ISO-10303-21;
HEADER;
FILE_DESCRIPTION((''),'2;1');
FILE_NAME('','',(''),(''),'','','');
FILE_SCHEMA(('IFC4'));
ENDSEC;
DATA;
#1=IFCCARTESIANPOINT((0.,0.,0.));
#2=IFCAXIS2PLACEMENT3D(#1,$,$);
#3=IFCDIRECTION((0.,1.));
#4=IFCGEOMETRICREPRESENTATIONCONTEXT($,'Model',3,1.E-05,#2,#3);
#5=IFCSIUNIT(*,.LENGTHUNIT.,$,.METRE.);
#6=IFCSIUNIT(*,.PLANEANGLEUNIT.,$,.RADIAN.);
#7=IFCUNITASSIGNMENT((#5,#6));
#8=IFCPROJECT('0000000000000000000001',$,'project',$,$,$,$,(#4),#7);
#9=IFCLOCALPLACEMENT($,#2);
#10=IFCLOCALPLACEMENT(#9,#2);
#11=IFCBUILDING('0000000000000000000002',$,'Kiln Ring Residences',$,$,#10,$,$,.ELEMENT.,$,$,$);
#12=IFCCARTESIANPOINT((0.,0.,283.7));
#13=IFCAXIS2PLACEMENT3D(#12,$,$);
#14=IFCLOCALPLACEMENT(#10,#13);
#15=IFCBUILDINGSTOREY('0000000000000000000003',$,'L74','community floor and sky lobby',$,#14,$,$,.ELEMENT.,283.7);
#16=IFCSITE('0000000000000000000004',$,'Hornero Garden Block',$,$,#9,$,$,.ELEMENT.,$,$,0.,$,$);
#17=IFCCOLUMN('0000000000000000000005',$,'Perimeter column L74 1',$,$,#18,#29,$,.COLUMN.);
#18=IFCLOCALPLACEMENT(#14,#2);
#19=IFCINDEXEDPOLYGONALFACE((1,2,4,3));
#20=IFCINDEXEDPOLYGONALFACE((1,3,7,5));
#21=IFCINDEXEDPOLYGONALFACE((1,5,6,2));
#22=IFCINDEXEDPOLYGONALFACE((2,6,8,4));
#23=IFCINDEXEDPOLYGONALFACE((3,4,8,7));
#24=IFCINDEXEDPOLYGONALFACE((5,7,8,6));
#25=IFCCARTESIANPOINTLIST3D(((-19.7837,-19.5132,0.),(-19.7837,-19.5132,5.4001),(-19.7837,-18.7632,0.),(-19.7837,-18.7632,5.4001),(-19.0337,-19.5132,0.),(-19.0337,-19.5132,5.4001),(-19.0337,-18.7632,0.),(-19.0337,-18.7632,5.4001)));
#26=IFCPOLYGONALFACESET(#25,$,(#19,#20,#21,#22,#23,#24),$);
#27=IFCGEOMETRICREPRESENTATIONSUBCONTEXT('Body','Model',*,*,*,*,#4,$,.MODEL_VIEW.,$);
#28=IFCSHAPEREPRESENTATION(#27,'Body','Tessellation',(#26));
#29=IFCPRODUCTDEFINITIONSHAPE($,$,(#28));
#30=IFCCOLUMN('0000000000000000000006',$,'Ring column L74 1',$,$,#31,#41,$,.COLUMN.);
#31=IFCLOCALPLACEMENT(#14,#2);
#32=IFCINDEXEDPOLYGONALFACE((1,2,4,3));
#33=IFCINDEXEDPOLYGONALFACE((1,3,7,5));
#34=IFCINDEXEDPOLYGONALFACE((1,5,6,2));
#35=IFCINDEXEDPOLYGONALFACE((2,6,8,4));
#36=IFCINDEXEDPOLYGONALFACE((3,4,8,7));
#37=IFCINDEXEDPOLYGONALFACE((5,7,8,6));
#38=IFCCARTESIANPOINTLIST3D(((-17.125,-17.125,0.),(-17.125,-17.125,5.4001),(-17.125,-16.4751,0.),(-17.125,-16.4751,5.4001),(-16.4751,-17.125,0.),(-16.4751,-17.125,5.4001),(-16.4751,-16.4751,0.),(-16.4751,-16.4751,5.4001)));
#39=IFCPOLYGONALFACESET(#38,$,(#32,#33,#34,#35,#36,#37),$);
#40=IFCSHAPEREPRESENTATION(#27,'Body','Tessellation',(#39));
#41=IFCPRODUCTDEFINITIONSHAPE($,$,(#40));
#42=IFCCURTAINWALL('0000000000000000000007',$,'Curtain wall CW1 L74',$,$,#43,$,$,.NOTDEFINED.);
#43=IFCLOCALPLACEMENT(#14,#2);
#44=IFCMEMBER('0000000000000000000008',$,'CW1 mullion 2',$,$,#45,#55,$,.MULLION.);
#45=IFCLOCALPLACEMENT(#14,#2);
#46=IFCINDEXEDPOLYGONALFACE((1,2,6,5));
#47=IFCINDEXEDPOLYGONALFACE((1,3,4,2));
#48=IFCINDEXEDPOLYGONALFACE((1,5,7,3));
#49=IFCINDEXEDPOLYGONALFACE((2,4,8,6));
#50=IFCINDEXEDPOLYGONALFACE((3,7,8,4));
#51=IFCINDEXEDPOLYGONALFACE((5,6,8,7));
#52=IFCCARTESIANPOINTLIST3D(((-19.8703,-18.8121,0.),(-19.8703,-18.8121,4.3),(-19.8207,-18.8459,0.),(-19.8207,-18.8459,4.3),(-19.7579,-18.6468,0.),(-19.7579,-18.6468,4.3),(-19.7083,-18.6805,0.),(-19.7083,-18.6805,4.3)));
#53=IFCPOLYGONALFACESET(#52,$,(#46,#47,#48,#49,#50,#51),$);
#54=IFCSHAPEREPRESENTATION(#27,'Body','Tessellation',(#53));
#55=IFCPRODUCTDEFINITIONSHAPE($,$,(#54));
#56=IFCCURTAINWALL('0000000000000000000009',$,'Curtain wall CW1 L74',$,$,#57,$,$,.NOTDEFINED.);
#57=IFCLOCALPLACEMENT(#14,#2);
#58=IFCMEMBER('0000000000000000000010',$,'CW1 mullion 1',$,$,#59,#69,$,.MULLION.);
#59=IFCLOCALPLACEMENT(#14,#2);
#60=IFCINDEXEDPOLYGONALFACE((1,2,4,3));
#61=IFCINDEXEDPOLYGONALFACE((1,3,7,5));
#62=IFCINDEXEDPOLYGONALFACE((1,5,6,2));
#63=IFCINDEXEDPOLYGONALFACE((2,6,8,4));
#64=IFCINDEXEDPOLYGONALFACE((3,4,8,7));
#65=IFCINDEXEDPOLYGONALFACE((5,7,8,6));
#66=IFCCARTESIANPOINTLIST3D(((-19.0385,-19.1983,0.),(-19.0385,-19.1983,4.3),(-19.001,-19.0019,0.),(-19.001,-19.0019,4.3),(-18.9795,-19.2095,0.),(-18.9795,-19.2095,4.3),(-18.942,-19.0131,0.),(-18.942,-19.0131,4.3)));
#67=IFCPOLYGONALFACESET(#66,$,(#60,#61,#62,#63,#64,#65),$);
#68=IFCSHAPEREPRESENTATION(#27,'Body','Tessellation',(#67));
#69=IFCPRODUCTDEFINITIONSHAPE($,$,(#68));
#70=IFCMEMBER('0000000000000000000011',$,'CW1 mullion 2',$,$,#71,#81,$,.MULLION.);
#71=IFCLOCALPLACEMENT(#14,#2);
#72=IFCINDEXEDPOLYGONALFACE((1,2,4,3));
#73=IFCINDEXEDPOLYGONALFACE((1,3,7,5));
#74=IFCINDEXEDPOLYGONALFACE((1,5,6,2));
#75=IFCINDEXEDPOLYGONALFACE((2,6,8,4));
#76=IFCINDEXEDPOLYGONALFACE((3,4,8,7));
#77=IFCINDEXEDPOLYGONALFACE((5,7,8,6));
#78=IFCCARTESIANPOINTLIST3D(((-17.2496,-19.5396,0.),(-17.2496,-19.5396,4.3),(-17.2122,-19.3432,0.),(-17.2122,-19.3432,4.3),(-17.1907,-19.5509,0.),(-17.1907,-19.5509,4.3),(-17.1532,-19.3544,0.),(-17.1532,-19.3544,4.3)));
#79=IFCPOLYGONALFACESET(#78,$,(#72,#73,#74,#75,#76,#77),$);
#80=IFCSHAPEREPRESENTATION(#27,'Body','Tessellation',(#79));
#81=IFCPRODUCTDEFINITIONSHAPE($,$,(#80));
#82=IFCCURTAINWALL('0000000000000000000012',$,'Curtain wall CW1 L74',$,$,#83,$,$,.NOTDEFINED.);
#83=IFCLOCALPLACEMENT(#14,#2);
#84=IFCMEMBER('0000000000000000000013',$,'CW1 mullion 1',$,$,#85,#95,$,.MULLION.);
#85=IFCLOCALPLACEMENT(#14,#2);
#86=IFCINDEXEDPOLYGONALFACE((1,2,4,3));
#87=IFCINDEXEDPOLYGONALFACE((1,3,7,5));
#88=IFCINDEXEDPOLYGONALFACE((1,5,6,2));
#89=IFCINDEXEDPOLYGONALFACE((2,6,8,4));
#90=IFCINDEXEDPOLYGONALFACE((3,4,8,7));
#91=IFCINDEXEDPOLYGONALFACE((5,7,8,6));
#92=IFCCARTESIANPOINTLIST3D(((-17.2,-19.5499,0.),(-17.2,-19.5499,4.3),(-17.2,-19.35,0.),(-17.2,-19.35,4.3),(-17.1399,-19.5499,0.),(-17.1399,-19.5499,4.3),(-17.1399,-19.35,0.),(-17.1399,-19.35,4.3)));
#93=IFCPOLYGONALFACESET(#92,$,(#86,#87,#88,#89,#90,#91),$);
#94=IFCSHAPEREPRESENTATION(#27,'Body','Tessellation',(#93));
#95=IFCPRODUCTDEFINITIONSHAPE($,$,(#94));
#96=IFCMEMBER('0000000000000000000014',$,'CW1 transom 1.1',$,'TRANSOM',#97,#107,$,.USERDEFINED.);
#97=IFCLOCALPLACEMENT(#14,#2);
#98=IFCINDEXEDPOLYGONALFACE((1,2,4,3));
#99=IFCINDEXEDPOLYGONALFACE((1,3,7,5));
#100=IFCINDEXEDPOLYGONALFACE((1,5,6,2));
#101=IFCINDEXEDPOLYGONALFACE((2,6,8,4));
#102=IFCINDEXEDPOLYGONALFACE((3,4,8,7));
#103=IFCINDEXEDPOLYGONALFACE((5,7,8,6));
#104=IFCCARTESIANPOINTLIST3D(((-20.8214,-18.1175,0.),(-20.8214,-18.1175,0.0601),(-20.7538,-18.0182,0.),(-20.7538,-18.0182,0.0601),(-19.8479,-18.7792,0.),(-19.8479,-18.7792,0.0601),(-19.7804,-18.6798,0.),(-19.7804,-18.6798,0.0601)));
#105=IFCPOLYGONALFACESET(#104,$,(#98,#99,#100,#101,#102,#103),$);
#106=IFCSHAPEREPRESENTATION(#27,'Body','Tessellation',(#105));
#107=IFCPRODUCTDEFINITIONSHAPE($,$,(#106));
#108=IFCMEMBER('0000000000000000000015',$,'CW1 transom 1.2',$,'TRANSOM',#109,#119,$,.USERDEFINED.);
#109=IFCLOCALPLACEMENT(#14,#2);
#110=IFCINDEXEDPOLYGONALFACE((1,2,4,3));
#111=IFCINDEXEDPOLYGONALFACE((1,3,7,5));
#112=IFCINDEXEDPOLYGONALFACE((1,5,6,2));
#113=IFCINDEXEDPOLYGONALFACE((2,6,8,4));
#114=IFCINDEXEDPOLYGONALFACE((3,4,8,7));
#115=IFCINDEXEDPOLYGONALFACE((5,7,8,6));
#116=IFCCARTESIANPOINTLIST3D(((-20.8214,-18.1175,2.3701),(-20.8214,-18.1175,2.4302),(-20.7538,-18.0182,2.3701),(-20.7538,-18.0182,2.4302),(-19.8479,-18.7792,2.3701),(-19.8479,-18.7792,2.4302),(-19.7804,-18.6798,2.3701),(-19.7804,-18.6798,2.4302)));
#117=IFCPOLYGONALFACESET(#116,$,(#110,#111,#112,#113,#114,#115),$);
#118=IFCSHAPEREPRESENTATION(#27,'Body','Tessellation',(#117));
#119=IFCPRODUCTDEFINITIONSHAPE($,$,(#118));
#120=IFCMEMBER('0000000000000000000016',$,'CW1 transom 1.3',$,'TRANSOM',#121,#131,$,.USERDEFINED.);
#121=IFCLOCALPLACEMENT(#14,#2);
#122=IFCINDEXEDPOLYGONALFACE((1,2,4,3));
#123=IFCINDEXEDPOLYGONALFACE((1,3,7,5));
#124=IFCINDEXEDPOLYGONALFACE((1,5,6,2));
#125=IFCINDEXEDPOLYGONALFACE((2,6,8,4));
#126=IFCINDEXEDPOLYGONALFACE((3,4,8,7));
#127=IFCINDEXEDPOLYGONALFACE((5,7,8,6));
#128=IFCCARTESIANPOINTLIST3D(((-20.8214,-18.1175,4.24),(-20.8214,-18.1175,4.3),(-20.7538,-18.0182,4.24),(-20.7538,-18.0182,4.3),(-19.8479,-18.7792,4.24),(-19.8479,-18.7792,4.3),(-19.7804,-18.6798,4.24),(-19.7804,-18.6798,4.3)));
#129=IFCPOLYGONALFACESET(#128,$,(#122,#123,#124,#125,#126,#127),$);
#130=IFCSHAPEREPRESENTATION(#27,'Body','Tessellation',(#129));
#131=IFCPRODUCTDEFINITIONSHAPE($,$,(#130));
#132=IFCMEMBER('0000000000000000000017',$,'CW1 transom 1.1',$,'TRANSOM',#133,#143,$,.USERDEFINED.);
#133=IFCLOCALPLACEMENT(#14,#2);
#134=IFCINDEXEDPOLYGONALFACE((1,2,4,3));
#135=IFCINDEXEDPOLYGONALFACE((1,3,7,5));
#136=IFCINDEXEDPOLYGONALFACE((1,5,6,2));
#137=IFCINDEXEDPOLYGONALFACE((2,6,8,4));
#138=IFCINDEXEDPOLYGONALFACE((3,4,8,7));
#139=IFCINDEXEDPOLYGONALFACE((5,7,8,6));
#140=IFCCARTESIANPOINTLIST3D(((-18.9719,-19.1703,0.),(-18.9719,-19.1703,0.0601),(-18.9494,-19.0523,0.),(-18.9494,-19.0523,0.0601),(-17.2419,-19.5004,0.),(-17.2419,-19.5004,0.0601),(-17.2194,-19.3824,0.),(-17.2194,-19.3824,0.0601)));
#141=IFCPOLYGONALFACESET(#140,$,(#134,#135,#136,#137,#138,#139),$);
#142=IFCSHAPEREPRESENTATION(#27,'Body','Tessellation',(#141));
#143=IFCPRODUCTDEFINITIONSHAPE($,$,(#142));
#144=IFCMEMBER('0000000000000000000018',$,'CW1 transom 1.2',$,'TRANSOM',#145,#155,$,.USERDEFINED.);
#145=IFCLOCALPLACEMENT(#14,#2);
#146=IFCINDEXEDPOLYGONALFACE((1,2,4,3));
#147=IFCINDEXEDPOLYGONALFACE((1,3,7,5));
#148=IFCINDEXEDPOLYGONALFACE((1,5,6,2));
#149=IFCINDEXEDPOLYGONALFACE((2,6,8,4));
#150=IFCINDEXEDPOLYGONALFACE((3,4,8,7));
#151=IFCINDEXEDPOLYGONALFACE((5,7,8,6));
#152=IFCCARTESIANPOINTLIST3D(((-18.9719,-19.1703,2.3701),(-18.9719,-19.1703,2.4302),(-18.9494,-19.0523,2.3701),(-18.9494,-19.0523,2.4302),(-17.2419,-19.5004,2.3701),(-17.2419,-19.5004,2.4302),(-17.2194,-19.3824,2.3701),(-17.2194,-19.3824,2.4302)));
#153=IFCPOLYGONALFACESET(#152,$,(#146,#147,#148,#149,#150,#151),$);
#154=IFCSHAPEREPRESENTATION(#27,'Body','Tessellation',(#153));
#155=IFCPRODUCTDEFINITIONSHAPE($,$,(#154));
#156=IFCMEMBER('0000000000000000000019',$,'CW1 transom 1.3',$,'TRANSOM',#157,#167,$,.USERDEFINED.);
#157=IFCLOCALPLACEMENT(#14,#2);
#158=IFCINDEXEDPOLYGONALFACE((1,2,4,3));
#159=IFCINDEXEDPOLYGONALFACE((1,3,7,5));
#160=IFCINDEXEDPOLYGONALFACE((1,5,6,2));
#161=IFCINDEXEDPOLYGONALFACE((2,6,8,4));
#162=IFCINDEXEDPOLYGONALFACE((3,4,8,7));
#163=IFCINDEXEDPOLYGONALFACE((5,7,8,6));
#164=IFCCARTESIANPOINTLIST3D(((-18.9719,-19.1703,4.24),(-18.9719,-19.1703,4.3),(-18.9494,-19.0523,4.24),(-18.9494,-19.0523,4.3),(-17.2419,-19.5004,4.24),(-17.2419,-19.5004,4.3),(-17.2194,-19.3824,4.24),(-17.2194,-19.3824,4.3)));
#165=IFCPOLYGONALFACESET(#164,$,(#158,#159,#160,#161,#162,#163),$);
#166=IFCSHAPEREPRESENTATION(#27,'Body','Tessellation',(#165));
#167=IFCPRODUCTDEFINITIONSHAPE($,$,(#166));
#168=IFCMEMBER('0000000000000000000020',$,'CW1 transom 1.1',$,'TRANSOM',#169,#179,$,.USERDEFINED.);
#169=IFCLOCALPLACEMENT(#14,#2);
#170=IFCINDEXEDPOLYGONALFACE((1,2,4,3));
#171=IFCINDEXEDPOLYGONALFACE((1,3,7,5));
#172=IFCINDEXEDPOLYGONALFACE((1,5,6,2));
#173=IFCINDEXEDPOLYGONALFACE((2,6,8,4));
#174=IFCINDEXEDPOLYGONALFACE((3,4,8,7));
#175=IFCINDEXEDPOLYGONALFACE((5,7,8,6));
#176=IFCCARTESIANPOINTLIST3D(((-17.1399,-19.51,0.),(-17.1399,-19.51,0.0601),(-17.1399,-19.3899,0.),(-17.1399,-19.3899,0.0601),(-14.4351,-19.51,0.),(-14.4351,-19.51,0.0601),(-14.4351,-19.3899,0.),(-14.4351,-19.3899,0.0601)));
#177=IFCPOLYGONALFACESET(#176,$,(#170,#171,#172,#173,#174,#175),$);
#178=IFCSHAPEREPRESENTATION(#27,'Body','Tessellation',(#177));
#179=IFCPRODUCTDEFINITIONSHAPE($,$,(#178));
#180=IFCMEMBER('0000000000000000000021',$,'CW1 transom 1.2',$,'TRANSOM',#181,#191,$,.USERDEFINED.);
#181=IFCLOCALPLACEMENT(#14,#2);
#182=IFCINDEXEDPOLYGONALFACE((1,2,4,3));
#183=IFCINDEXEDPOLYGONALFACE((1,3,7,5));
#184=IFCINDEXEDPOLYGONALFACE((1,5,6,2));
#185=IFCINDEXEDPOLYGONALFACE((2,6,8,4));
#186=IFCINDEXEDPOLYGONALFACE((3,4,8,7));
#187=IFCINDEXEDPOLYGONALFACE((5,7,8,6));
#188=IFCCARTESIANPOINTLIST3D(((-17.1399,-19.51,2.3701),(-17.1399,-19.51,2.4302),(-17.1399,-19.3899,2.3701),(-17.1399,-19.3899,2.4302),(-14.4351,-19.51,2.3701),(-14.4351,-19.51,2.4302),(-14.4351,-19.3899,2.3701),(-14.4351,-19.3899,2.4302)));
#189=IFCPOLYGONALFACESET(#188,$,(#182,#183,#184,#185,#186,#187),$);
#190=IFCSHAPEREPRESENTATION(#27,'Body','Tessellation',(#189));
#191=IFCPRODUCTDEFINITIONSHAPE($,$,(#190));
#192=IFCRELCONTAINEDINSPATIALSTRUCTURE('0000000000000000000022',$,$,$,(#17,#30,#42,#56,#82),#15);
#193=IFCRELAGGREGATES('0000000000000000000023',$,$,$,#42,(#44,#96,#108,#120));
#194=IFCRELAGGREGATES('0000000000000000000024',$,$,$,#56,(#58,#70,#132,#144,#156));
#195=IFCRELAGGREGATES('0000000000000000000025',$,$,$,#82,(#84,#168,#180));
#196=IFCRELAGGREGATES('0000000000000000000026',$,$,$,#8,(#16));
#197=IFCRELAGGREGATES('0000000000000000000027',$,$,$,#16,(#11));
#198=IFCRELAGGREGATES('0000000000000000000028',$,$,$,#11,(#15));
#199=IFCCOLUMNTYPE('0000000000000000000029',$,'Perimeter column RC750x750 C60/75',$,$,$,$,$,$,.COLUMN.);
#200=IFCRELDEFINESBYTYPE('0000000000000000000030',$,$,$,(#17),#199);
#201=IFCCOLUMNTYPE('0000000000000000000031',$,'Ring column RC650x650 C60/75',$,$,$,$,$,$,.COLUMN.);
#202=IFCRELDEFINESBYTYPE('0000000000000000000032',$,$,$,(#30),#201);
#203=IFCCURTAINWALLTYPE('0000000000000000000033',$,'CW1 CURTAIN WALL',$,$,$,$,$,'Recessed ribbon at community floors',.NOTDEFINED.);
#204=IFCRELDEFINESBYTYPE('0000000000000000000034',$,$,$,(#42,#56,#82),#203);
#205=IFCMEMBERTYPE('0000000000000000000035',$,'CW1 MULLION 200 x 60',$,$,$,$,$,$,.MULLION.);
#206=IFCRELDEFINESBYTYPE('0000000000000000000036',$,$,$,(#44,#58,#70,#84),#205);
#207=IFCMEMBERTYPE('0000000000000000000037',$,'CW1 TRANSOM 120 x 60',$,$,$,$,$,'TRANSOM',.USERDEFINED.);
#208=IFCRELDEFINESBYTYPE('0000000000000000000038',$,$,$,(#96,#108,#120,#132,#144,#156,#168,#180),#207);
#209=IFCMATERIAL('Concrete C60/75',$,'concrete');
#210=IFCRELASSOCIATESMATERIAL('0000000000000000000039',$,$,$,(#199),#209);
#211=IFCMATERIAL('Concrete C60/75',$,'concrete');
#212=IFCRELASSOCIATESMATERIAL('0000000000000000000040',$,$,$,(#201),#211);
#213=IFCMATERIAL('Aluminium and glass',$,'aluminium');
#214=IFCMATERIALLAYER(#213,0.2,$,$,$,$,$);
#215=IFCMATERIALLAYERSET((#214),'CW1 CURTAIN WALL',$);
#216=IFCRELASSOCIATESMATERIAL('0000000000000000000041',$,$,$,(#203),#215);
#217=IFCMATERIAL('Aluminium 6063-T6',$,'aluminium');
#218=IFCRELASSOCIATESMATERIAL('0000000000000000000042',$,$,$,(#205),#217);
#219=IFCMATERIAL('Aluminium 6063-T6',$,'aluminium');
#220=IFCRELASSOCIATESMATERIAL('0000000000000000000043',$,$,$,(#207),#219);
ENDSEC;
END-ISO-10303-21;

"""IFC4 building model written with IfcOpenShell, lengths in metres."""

from ifc_helpers import new_model, si_unit, direction, frame, origin, origin_2d, place, context, subcontext, project, spatial, rectangle, extrude, material, layer, layer_set, material_profile, profile_set, type_object, element, aggregate, save


model = new_model("IFC4")

# Units and contexts
model_context = context("Model", 3, precision=1e-05, world=origin(), true_north=direction((0.0, 1.0)))
body_context = subcontext(model_context, "Body", "Model", "MODEL_VIEW")
ifc_project = project(units=[si_unit("LENGTHUNIT", "METRE"), si_unit("PLANEANGLEUNIT", "RADIAN")], contexts=[model_context])

# Site, building, storey
site_placement = place(None, origin())
site = spatial("IfcSite", under=ifc_project, at=site_placement, Name="Hornero Garden Block", CompositionType="ELEMENT", RefElevation=0.0)
building_placement = place(site_placement, origin())
building = spatial("IfcBuilding", under=site, at=building_placement, Name="Kiln Ring Residences", CompositionType="ELEMENT")
storey_placement = place(building_placement, frame((0.0, 0.0, 283.7)))
storey = spatial("IfcBuildingStorey", under=building, at=storey_placement, Name="L74", Description="community floor and sky lobby", CompositionType="ELEMENT", Elevation=283.7)

# Columns
ifc_material_1 = material(Name="Concrete C60/75", Category="concrete")
ifc_material_profile_1 = material_profile(ifc_material_1, rectangle(XDim=0.75, YDim=0.75, at=origin_2d()), Name="RC750x750")
ifc_profile_set_1 = profile_set([ifc_material_profile_1], Name="Concrete C60/75")
column_type_1 = type_object("IfcColumnType", Name="Perimeter column RC750x750 C60/75", PredefinedType="COLUMN", material=ifc_profile_set_1)
column_1_placement = place(storey_placement, frame((-19.4087, -19.1382, 0.0), z_axis=(0.0, 0.0, 1.0), x_axis=(1.0, 0.0, 0.0)))
element("IfcColumn", 1, at=column_1_placement, inside=storey, type_object=column_type_1, Name="Perimeter column L74 1", PredefinedType="COLUMN", context=body_context, shape_type="SweptSolid", body=[
    extrude(rectangle(XDim=0.75, YDim=0.75, at=origin_2d()), origin(), (0.0, 0.0, 1.0), 5.4001),
])
ifc_material_2 = material(Name="Concrete C60/75", Category="concrete")
ifc_material_profile_2 = material_profile(ifc_material_2, rectangle(XDim=0.6499, YDim=0.6499, at=origin_2d()), Name="RC650x650")
ifc_profile_set_2 = profile_set([ifc_material_profile_2], Name="Concrete C60/75")
column_type_2 = type_object("IfcColumnType", Name="Ring column RC650x650 C60/75", PredefinedType="COLUMN", material=ifc_profile_set_2)
column_2_placement = place(storey_placement, frame((-16.8, -16.8, 0.0), z_axis=(0.0, 0.0, 1.0), x_axis=(1.0, 0.0, 0.0)))
element("IfcColumn", 2, at=column_2_placement, inside=storey, type_object=column_type_2, Name="Ring column L74 1", PredefinedType="COLUMN", context=body_context, shape_type="SweptSolid", body=[
    extrude(rectangle(XDim=0.6499, YDim=0.6499, at=origin_2d()), origin(), (0.0, 0.0, 1.0), 5.4001),
])

# Curtain wall, member
ifc_material_3 = material(Name="Aluminium and glass", Category="aluminium")
ifc_layer_1 = layer(ifc_material_3, 0.2)
ifc_layer_set_1 = layer_set([ifc_layer_1], Name="CW1 CURTAIN WALL")
curtain_wall_type = type_object("IfcCurtainWallType", Name="CW1 CURTAIN WALL", ElementType="Recessed ribbon at community floors", PredefinedType="NOTDEFINED", material=ifc_layer_set_1)
placement = place(storey_placement, origin())
curtain_wall_1 = element("IfcCurtainWall", 3, at=placement, inside=storey, type_object=curtain_wall_type, Name="Curtain wall CW1 L74", PredefinedType="NOTDEFINED")
ifc_material_4 = material(Name="Aluminium 6063-T6", Category="aluminium")
ifc_material_profile_3 = material_profile(ifc_material_4, rectangle(XDim=0.2, YDim=0.0601, at=origin_2d()), Name="AL 200x60")
ifc_profile_set_3 = profile_set([ifc_material_profile_3], Name="Aluminium 6063-T6")
member_type_1 = type_object("IfcMemberType", Name="CW1 MULLION 200 x 60", PredefinedType="MULLION", material=ifc_profile_set_3)
member_1_placement = place(storey_placement, frame((-19.7893, -18.7463, 0.0), z_axis=(0.0, 0.0, 1.0), x_axis=(0.562097, 0.827072, 0.0)))
member_1 = element("IfcMember", 4, at=member_1_placement, type_object=member_type_1, Name="CW1 mullion 2", PredefinedType="MULLION", context=body_context, shape_type="SweptSolid", body=[
    extrude(rectangle(XDim=0.2, YDim=0.0601, at=origin_2d()), origin(), (0.0, 0.0, 1.0), 4.3),
])

# Curtain wall, members
curtain_wall_2 = element("IfcCurtainWall", 5, at=placement, inside=storey, type_object=curtain_wall_type, Name="Curtain wall CW1 L74", PredefinedType="NOTDEFINED")
member_2_placement = place(storey_placement, frame((-18.9902, -19.1057, 0.0), z_axis=(0.0, 0.0, 1.0), x_axis=(0.187366, 0.98229, 0.0)))
member_2 = element("IfcMember", 6, at=member_2_placement, type_object=member_type_1, Name="CW1 mullion 1", PredefinedType="MULLION", context=body_context, shape_type="SweptSolid", body=[
    extrude(rectangle(XDim=0.2, YDim=0.0601, at=origin_2d()), origin(), (0.0, 0.0, 1.0), 4.3),
])
member_3_placement = place(storey_placement, frame((-17.2014, -19.447, 0.0), z_axis=(0.0, 0.0, 1.0), x_axis=(0.187366, 0.98229, 0.0)))
member_3 = element("IfcMember", 7, at=member_3_placement, type_object=member_type_1, Name="CW1 mullion 2", PredefinedType="MULLION", context=body_context, shape_type="SweptSolid", body=[
    extrude(rectangle(XDim=0.2, YDim=0.0601, at=origin_2d()), origin(), (0.0, 0.0, 1.0), 4.3),
])

# Curtain wall, member
curtain_wall_3 = element("IfcCurtainWall", 8, at=placement, inside=storey, type_object=curtain_wall_type, Name="Curtain wall CW1 L74", PredefinedType="NOTDEFINED")
member_4_placement = place(storey_placement, frame((-17.1699, -19.45, 0.0), z_axis=(0.0, 0.0, 1.0), x_axis=(0.0, 1.0, 0.0)))
member_4 = element("IfcMember", 9, at=member_4_placement, type_object=member_type_1, Name="CW1 mullion 1", PredefinedType="MULLION", context=body_context, shape_type="SweptSolid", body=[
    extrude(rectangle(XDim=0.2, YDim=0.0601, at=origin_2d()), origin(), (0.0, 0.0, 1.0), 4.3),
])

# Members
ifc_material_5 = material(Name="Aluminium 6063-T6", Category="aluminium")
ifc_material_profile_4 = material_profile(ifc_material_5, rectangle(XDim=0.1201, YDim=0.0601, at=origin_2d()), Name="AL 120x60")
ifc_profile_set_4 = profile_set([ifc_material_profile_4], Name="Aluminium 6063-T6")
member_type_2 = type_object("IfcMemberType", Name="CW1 TRANSOM 120 x 60", ElementType="TRANSOM", PredefinedType="USERDEFINED", material=ifc_profile_set_4)
member_5_placement = place(storey_placement, frame((-20.7876, -18.0679, 0.03), z_axis=(0.827038, -0.562145, 0.0), x_axis=(0.562145, 0.827038, 0.0)))
member_5 = element("IfcMember", 10, at=member_5_placement, type_object=member_type_2, Name="CW1 transom 1.1", ObjectType="TRANSOM", PredefinedType="USERDEFINED", context=body_context, shape_type="SweptSolid", body=[
    extrude(rectangle(XDim=0.1201, YDim=0.0601, at=origin_2d()), origin(), (0.0, 0.0, 1.0), 1.177),
])
member_6_placement = place(storey_placement, frame((-20.7876, -18.0679, 2.4001), z_axis=(0.827038, -0.562145, 0.0), x_axis=(0.562145, 0.827038, 0.0)))
member_6 = element("IfcMember", 11, at=member_6_placement, type_object=member_type_2, Name="CW1 transom 1.2", ObjectType="TRANSOM", PredefinedType="USERDEFINED", context=body_context, shape_type="SweptSolid", body=[
    extrude(rectangle(XDim=0.1201, YDim=0.0601, at=origin_2d()), origin(), (0.0, 0.0, 1.0), 1.177),
])
member_7_placement = place(storey_placement, frame((-20.7876, -18.0679, 4.27), z_axis=(0.827038, -0.562145, 0.0), x_axis=(0.562145, 0.827038, 0.0)))
member_7 = element("IfcMember", 12, at=member_7_placement, type_object=member_type_2, Name="CW1 transom 1.3", ObjectType="TRANSOM", PredefinedType="USERDEFINED", context=body_context, shape_type="SweptSolid", body=[
    extrude(rectangle(XDim=0.1201, YDim=0.0601, at=origin_2d()), origin(), (0.0, 0.0, 1.0), 1.177),
])
member_8_placement = place(storey_placement, frame((-18.9607, -19.1113, 0.03), z_axis=(0.98228, -0.187418, 0.0), x_axis=(0.187418, 0.98228, 0.0)))
member_8 = element("IfcMember", 13, at=member_8_placement, type_object=member_type_2, Name="CW1 transom 1.1", ObjectType="TRANSOM", PredefinedType="USERDEFINED", context=body_context, shape_type="SweptSolid", body=[
    extrude(rectangle(XDim=0.1201, YDim=0.0601, at=origin_2d()), origin(), (0.0, 0.0, 1.0), 1.7612),
])
member_9_placement = place(storey_placement, frame((-18.9607, -19.1113, 2.4001), z_axis=(0.98228, -0.187418, 0.0), x_axis=(0.187418, 0.98228, 0.0)))
member_9 = element("IfcMember", 14, at=member_9_placement, type_object=member_type_2, Name="CW1 transom 1.2", ObjectType="TRANSOM", PredefinedType="USERDEFINED", context=body_context, shape_type="SweptSolid", body=[
    extrude(rectangle(XDim=0.1201, YDim=0.0601, at=origin_2d()), origin(), (0.0, 0.0, 1.0), 1.7612),
])
member_10_placement = place(storey_placement, frame((-18.9607, -19.1113, 4.27), z_axis=(0.98228, -0.187418, 0.0), x_axis=(0.187418, 0.98228, 0.0)))
member_10 = element("IfcMember", 15, at=member_10_placement, type_object=member_type_2, Name="CW1 transom 1.3", ObjectType="TRANSOM", PredefinedType="USERDEFINED", context=body_context, shape_type="SweptSolid", body=[
    extrude(rectangle(XDim=0.1201, YDim=0.0601, at=origin_2d()), origin(), (0.0, 0.0, 1.0), 1.7612),
])
member_11_placement = place(storey_placement, frame((-17.1399, -19.45, 0.03), z_axis=(1.0, 0.0, 0.0), x_axis=(0.0, 1.0, 0.0)))
member_11 = element("IfcMember", 16, at=member_11_placement, type_object=member_type_2, Name="CW1 transom 1.1", ObjectType="TRANSOM", PredefinedType="USERDEFINED", context=body_context, shape_type="SweptSolid", body=[
    extrude(rectangle(XDim=0.1201, YDim=0.0601, at=origin_2d()), origin(), (0.0, 0.0, 1.0), 2.7048),
])
member_12_placement = place(storey_placement, frame((-17.1399, -19.45, 2.4001), z_axis=(1.0, 0.0, 0.0), x_axis=(0.0, 1.0, 0.0)))
member_12 = element("IfcMember", 17, at=member_12_placement, type_object=member_type_2, Name="CW1 transom 1.2", ObjectType="TRANSOM", PredefinedType="USERDEFINED", context=body_context, shape_type="SweptSolid", body=[
    extrude(rectangle(XDim=0.1201, YDim=0.0601, at=origin_2d()), origin(), (0.0, 0.0, 1.0), 2.7048),
])

aggregate(curtain_wall_1, [member_1, member_5, member_6, member_7])
aggregate(curtain_wall_2, [member_2, member_3, member_8, member_9, member_10])
aggregate(curtain_wall_3, [member_4, member_11, member_12])

save(model, "model.ifc")
